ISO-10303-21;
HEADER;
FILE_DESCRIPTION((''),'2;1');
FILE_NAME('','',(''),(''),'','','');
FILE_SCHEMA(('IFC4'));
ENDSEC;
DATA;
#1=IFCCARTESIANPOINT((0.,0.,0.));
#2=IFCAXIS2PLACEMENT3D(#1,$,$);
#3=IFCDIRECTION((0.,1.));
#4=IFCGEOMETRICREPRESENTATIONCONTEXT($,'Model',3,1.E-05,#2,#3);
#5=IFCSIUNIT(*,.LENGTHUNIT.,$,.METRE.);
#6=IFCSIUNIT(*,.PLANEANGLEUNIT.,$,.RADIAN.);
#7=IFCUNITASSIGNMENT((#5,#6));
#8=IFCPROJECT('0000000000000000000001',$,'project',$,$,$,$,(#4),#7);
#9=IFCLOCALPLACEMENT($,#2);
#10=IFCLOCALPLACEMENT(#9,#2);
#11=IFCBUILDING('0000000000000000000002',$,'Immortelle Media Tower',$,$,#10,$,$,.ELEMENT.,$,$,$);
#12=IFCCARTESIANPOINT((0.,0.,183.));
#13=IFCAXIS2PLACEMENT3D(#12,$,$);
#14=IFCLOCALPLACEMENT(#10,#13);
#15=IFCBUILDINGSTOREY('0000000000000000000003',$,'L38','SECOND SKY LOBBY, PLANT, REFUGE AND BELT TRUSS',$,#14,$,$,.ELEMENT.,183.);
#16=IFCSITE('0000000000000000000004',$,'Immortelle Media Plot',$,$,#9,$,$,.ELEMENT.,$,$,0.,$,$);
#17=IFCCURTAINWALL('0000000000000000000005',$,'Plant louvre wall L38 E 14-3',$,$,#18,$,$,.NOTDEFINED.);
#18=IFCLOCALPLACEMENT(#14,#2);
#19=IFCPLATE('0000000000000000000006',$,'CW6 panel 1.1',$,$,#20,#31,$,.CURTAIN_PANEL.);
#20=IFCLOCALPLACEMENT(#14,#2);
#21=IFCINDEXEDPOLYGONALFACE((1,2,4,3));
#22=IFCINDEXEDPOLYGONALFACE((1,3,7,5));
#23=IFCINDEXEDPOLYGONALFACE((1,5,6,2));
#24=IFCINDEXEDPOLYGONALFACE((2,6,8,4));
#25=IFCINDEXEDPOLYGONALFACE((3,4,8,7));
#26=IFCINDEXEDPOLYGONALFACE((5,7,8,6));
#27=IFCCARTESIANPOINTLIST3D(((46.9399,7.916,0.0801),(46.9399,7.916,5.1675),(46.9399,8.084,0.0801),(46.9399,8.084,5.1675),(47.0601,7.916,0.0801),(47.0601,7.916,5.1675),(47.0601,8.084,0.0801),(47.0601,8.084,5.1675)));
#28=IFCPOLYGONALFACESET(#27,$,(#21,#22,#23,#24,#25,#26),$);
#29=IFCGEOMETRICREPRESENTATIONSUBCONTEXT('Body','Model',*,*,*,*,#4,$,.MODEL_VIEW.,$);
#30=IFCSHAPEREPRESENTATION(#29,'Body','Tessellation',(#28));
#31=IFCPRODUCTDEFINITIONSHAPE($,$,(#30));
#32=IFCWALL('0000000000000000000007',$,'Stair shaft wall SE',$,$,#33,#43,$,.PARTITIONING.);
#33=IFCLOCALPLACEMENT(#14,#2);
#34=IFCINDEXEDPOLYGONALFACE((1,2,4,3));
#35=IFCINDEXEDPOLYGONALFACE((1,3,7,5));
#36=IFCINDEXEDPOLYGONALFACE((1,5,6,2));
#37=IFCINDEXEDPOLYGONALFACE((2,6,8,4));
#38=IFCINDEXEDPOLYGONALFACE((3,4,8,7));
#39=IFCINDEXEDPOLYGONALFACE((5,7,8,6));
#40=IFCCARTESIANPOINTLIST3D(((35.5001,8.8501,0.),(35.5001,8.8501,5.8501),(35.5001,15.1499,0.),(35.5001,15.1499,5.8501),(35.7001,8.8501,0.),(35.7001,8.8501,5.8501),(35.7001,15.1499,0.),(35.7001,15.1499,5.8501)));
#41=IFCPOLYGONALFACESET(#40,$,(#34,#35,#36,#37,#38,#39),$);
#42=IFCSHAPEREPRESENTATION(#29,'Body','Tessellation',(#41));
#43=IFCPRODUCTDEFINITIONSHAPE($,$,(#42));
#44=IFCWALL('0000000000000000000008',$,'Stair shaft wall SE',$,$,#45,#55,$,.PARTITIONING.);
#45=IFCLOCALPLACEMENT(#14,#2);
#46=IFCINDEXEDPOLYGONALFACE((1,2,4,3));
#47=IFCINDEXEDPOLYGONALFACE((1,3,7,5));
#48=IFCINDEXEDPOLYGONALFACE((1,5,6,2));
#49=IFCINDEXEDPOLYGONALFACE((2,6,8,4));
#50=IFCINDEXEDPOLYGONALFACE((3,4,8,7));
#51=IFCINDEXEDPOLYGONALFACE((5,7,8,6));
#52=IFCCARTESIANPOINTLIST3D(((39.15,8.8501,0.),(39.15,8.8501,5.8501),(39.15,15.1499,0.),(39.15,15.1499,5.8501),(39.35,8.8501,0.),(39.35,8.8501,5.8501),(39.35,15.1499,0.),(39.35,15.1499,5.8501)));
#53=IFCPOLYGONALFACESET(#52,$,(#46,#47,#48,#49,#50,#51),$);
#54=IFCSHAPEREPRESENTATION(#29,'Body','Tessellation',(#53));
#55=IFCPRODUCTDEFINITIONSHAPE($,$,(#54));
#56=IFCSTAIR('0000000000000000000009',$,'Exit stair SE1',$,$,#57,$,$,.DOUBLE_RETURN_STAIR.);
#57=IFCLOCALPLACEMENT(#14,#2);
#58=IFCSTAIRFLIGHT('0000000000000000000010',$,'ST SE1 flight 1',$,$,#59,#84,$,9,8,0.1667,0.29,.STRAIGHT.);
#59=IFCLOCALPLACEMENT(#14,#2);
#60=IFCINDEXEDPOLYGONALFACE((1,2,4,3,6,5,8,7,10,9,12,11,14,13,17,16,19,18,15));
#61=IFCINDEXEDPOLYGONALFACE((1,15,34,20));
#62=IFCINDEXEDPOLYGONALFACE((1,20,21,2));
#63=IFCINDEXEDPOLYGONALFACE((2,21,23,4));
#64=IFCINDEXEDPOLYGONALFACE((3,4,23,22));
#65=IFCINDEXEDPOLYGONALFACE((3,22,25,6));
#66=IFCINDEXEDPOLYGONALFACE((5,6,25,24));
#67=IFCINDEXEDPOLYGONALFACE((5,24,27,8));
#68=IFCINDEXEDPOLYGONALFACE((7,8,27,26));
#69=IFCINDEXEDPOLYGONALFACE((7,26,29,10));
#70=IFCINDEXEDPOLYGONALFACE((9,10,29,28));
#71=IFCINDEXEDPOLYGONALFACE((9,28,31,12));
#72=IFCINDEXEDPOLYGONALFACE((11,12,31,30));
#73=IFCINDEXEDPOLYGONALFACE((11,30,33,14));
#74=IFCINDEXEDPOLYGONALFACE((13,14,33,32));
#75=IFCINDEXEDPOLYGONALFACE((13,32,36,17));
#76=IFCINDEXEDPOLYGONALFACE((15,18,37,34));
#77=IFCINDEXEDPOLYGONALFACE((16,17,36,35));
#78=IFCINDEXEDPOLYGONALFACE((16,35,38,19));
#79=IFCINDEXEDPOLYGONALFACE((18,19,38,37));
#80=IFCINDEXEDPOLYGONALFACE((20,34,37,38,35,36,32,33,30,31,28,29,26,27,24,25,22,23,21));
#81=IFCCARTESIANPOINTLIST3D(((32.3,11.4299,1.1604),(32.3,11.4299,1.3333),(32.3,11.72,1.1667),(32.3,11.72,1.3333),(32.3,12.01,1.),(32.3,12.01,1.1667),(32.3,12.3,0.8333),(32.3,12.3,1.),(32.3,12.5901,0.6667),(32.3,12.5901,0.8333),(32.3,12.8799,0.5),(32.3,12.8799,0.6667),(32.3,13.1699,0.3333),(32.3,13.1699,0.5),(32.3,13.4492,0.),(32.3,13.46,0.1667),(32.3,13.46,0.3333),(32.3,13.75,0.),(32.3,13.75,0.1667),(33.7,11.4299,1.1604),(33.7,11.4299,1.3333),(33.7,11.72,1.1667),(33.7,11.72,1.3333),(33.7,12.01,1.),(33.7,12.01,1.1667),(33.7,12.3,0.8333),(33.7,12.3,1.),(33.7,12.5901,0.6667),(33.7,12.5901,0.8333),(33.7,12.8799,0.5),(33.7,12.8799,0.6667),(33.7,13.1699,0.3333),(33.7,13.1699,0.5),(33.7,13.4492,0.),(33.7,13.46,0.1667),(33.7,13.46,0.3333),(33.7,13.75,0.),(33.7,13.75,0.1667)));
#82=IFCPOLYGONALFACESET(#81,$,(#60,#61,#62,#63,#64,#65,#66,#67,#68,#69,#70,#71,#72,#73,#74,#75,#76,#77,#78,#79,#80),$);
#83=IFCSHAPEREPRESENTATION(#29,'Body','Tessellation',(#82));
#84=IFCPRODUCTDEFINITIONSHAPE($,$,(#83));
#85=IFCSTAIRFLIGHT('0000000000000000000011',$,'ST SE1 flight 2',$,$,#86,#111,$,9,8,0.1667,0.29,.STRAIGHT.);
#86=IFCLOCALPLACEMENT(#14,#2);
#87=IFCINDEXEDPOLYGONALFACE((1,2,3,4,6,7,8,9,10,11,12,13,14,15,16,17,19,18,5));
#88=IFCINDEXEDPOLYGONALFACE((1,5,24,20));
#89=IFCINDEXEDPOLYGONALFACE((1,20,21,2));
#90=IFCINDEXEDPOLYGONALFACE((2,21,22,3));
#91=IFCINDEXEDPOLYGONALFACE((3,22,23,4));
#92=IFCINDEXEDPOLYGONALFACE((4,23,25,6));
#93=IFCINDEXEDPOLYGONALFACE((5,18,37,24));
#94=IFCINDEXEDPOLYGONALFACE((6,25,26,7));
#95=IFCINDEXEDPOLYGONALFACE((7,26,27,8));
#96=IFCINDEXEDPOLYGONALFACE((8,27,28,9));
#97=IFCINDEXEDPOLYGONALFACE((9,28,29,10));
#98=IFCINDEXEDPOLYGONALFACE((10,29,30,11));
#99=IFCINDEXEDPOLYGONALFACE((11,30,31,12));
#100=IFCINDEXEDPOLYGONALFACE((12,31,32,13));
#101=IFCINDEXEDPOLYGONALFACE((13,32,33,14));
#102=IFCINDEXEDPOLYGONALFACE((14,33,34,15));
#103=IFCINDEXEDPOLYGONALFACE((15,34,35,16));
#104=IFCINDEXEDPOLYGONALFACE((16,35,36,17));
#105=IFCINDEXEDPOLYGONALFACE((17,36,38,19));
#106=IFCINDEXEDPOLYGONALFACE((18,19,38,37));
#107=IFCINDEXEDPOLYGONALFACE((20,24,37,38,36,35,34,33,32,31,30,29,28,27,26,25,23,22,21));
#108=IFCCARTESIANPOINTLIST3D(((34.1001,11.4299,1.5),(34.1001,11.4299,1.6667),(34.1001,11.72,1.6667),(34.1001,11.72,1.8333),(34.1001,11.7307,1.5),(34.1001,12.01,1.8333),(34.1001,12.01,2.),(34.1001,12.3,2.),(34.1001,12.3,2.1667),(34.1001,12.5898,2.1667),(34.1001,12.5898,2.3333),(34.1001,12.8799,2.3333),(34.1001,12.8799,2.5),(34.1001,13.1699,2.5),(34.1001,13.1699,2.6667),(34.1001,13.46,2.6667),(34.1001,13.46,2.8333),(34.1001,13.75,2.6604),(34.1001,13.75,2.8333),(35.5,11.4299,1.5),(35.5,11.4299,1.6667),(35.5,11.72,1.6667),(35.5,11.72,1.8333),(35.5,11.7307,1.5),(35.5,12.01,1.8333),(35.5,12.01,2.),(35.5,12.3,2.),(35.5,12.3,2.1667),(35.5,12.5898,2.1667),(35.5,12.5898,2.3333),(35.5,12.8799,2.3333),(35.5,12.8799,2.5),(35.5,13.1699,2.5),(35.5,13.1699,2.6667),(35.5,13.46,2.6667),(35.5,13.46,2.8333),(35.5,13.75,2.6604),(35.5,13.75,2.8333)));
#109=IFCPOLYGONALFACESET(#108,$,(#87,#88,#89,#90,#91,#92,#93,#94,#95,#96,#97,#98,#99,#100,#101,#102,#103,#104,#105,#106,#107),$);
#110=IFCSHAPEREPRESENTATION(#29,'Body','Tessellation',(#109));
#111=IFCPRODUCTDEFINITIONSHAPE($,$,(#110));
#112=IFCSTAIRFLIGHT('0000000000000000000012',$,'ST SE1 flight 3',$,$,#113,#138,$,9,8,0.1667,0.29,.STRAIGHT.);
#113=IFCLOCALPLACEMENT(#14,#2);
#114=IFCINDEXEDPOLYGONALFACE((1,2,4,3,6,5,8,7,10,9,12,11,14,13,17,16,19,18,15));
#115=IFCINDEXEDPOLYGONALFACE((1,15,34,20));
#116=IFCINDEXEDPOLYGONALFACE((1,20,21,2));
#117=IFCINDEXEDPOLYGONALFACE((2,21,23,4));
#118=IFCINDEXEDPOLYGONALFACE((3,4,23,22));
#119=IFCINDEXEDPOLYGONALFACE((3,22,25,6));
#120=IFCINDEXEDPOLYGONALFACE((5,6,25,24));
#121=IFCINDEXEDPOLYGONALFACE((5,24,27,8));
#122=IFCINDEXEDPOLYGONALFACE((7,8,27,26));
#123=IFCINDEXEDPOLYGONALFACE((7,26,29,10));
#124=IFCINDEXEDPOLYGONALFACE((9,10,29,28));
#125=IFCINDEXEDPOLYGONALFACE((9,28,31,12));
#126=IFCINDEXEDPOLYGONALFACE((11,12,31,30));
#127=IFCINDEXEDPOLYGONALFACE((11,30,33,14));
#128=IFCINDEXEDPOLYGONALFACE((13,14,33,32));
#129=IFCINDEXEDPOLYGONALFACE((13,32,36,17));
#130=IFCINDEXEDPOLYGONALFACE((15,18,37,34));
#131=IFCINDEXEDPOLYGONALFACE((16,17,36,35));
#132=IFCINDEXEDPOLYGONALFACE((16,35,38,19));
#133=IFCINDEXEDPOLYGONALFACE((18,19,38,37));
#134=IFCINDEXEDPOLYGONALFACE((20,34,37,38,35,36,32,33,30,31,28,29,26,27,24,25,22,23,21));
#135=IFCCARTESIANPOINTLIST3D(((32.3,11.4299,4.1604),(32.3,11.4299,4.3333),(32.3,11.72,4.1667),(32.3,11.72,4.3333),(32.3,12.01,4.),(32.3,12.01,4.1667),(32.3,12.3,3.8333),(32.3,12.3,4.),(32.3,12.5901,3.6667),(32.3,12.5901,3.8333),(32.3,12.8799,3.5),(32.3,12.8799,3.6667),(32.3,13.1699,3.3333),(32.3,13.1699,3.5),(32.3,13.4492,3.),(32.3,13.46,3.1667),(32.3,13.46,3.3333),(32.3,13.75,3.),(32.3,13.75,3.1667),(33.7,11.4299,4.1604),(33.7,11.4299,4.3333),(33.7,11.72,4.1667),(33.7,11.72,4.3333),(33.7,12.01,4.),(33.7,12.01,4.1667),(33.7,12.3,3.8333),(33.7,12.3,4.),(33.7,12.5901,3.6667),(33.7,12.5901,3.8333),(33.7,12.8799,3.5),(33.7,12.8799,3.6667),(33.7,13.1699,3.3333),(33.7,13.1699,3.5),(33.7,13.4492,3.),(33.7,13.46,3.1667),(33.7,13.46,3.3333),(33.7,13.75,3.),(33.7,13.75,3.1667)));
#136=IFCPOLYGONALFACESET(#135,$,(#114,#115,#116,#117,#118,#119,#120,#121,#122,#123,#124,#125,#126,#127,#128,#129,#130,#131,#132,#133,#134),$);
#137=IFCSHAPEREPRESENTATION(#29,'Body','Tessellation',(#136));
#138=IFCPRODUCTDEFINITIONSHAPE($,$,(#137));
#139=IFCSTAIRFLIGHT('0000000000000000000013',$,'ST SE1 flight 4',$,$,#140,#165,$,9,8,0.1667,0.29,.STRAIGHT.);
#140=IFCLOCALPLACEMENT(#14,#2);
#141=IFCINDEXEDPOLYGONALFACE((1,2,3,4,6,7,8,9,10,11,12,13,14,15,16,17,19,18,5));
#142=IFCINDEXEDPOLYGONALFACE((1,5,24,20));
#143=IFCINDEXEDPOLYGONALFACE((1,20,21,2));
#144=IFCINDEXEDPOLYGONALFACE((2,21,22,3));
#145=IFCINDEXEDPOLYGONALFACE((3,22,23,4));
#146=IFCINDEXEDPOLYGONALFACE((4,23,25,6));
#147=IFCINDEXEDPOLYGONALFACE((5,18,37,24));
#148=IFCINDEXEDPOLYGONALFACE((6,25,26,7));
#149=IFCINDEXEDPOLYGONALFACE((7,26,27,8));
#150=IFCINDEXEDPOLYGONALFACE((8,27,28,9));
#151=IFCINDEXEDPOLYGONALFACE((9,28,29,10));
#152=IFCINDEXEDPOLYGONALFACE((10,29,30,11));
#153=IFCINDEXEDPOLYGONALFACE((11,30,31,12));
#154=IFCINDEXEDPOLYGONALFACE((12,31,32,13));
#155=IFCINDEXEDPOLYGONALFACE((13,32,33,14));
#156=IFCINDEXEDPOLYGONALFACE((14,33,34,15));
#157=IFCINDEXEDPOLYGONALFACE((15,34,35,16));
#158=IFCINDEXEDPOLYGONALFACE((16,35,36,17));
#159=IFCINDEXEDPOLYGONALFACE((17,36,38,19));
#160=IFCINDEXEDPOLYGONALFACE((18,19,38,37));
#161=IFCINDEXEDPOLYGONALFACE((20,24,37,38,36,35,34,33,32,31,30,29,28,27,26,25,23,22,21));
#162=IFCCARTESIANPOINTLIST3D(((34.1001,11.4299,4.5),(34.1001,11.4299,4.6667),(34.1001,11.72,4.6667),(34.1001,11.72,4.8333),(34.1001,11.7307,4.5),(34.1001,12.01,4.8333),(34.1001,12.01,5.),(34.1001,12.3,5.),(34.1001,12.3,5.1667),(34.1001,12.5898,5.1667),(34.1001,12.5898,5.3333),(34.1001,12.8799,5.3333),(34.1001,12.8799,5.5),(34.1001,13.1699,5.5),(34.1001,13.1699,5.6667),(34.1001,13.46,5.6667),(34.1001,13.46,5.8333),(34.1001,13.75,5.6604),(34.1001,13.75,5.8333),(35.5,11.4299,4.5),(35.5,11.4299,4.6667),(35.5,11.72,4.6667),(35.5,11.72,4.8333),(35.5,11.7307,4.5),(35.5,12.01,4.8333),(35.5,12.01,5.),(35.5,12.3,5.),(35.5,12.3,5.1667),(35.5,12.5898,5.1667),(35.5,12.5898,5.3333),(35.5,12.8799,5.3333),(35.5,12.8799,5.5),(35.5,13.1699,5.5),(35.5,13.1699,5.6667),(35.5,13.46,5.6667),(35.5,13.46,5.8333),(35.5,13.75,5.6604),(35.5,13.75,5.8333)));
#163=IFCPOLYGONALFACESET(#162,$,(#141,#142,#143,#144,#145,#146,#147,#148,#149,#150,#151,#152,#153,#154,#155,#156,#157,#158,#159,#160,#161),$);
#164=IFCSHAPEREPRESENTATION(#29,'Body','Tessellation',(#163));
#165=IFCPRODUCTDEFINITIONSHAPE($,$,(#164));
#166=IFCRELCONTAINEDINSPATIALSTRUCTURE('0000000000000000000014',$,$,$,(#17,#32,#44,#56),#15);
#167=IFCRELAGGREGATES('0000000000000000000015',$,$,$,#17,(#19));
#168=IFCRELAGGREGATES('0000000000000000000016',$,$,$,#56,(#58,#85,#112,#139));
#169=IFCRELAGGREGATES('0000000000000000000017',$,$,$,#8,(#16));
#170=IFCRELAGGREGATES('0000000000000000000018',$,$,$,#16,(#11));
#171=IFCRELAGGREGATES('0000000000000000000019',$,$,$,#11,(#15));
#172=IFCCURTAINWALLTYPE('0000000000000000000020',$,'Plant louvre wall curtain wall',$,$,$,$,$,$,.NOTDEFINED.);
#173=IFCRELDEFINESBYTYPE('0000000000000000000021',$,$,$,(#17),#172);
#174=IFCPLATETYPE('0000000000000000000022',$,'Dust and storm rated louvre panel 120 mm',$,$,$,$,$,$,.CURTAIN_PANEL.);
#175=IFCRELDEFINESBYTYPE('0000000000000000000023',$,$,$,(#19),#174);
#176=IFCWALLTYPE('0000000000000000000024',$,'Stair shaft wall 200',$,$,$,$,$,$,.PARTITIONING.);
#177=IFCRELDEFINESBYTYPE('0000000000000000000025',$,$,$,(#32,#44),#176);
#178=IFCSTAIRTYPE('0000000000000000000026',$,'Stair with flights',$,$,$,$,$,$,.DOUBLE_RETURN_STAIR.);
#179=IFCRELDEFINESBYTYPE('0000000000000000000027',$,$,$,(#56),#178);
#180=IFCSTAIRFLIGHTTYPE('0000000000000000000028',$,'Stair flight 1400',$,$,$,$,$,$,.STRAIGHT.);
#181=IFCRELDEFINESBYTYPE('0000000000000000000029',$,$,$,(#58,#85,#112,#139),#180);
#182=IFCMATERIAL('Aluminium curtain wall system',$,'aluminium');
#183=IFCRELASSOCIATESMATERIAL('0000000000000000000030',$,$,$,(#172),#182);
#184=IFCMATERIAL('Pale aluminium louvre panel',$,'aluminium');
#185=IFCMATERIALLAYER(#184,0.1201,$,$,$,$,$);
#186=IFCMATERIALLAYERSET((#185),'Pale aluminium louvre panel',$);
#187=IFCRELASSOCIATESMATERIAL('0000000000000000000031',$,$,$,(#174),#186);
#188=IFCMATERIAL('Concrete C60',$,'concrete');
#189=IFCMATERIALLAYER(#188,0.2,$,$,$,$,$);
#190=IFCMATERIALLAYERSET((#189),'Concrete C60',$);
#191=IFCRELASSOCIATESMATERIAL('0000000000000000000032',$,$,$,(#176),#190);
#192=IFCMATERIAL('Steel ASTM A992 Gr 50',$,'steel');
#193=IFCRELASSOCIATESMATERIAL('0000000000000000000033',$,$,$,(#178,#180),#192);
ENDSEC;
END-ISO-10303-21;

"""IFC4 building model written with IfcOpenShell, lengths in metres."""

from ifc_helpers import new_model, si_unit, direction, frame, frame_2d, origin, origin_2d, place, context, subcontext, project, spatial, polyline, rectangle, outline, extrude, material, layer, layer_set, type_object, element, aggregate, save


model = new_model("IFC4")

# Units and contexts
model_context = context("Model", 3, precision=1e-05, world=origin(), true_north=direction((0.0, 1.0)))
body_context = subcontext(model_context, "Body", "Model", "MODEL_VIEW")
ifc_project = project(units=[si_unit("LENGTHUNIT", "METRE"), si_unit("PLANEANGLEUNIT", "RADIAN")], contexts=[model_context])

# Site, building, storey
site_placement = place(None, origin())
site = spatial("IfcSite", under=ifc_project, at=site_placement, Name="Immortelle Media Plot", CompositionType="ELEMENT", RefElevation=0.0)
building_placement = place(site_placement, origin())
building = spatial("IfcBuilding", under=site, at=building_placement, Name="Immortelle Media Tower", CompositionType="ELEMENT")
storey_placement = place(building_placement, frame((0.0, 0.0, 183.0)))
storey = spatial("IfcBuildingStorey", under=building, at=storey_placement, Name="L38", Description="SECOND SKY LOBBY, PLANT, REFUGE AND BELT TRUSS", CompositionType="ELEMENT", Elevation=183.0)

# Shared definitions
ifc_material_1 = material(Name="Steel ASTM A992 Gr 50", Category="steel")

# Curtain wall
ifc_material_2 = material(Name="Aluminium curtain wall system", Category="aluminium")
curtain_wall_type = type_object("IfcCurtainWallType", Name="Plant louvre wall curtain wall", PredefinedType="NOTDEFINED", material=ifc_material_2)
curtain_wall_1_placement = place(storey_placement, origin())
curtain_wall_1 = element("IfcCurtainWall", 1, at=curtain_wall_1_placement, inside=storey, type_object=curtain_wall_type, Name="Plant louvre wall L38 E 14-3", PredefinedType="NOTDEFINED")

# Plate
ifc_material_3 = material(Name="Pale aluminium louvre panel", Category="aluminium")
ifc_layer_1 = layer(ifc_material_3, 0.1201)
ifc_layer_set_1 = layer_set([ifc_layer_1], Name="Pale aluminium louvre panel")
plate_type = type_object("IfcPlateType", Name="Dust and storm rated louvre panel 120 mm", PredefinedType="CURTAIN_PANEL", material=ifc_layer_set_1)
plate_placement = place(storey_placement, frame((47.0, 8.0, 0.0801), z_axis=(0.0, 0.0, 1.0), x_axis=(0.0, 1.0, 0.0)))
plate = element("IfcPlate", 2, at=plate_placement, type_object=plate_type, Name="CW6 panel 1.1", PredefinedType="CURTAIN_PANEL", context=body_context, shape_type="SweptSolid", body=[
    extrude(rectangle(XDim=0.168, YDim=0.1201, at=origin_2d()), origin(), (0.0, 0.0, 1.0), 5.0874),
])
aggregate(curtain_wall_1, [plate])

# Walls
ifc_material_4 = material(Name="Concrete C60", Category="concrete")
ifc_layer_2 = layer(ifc_material_4, 0.2)
ifc_layer_set_2 = layer_set([ifc_layer_2], Name="Concrete C60")
wall_type = type_object("IfcWallType", Name="Stair shaft wall 200", PredefinedType="PARTITIONING", material=ifc_layer_set_2)
for number, where, z_axis, x_axis, name in (
    (3, (35.6001, 8.8501, 0.0), (0.0, 0.0, 1.0), (0.0, 1.0, 0.0), "Stair shaft wall SE"),
    (4, (39.25, 8.8501, 0.0), (0.0, 0.0, 1.0), (0.0, 1.0, 0.0), "Stair shaft wall SE"),
):
    element("IfcWall", number, at=place(storey_placement, frame(where, z_axis=z_axis, x_axis=x_axis)), inside=storey, type_object=wall_type, Name=name, PredefinedType="PARTITIONING", context=body_context, shape_type="SweptSolid", body=[
        extrude(rectangle(XDim=6.2998, YDim=0.2, at=frame_2d((3.1499, 0.0))), origin(), (0.0, 0.0, 1.0), 5.8501),
    ])

# Stair, stair flights
stair_type = type_object("IfcStairType", Name="Stair with flights", PredefinedType="DOUBLE_RETURN_STAIR", material=ifc_material_1)
stair_1_placement = place(storey_placement, origin())
stair_1 = element("IfcStair", 5, at=stair_1_placement, inside=storey, type_object=stair_type, Name="Exit stair SE1", PredefinedType="DOUBLE_RETURN_STAIR")
stair_flight_type = type_object("IfcStairFlightType", Name="Stair flight 1400", PredefinedType="STRAIGHT", material=ifc_material_1)
stair_flight_1_placement = place(storey_placement, frame((33.0, 13.75, 0.0), z_axis=(0.0, 0.0, 1.0), x_axis=(0.0, -1.0, 0.0)))
stair_flight_1 = element("IfcStairFlight", 6, at=stair_flight_1_placement, type_object=stair_flight_type, Name="ST SE1 flight 1", NumberOfRisers=9, NumberOfTreads=8, PredefinedType="STRAIGHT", RiserHeight=0.1667, TreadLength=0.29, context=body_context, shape_type="SweptSolid", body=[
    extrude(outline(polyline([(0.0, 0.0), (0.0, 0.1667), (0.29, 0.1667), (0.29, 0.3333), (0.5801, 0.3333), (0.5801, 0.5), (0.8701, 0.5), (0.8701, 0.6667), (1.1599, 0.6667), (1.1599, 0.8333), (1.45, 0.8333), (1.45, 1.0), (1.74, 1.0), (1.74, 1.1667), (2.03, 1.1667), (2.03, 1.3333), (2.3201, 1.3333), (2.3201, 1.5), (2.3201, 1.1604), (0.3008, 0.0), (0.0, 0.0)])), frame((0.0, 0.7, 0.0), z_axis=(0.0, -1.0, 0.0), x_axis=(1.0, 0.0, 0.0)), (0.0, 0.0, 1.0), 1.3999),
])
stair_flight_2_placement = place(storey_placement, frame((34.8, 11.4299, 1.5), z_axis=(0.0, 0.0, 1.0), x_axis=(0.0, 1.0, 0.0)))
stair_flight_2 = element("IfcStairFlight", 7, at=stair_flight_2_placement, type_object=stair_flight_type, Name="ST SE1 flight 2", NumberOfRisers=9, NumberOfTreads=8, PredefinedType="STRAIGHT", RiserHeight=0.1667, TreadLength=0.29, context=body_context, shape_type="SweptSolid", body=[
    extrude(outline(polyline([(0.0, 0.0), (0.0, 0.1667), (0.29, 0.1667), (0.29, 0.3333), (0.5801, 0.3333), (0.5801, 0.5), (0.8701, 0.5), (0.8701, 0.6667), (1.1599, 0.6667), (1.1599, 0.8333), (1.45, 0.8333), (1.45, 1.0), (1.74, 1.0), (1.74, 1.1667), (2.03, 1.1667), (2.03, 1.3333), (2.3201, 1.3333), (2.3201, 1.5), (2.3201, 1.1604), (0.3008, 0.0), (0.0, 0.0)])), frame((0.0, 0.7, 0.0), z_axis=(0.0, -1.0, 0.0), x_axis=(1.0, 0.0, 0.0)), (0.0, 0.0, 1.0), 1.3999),
])
stair_flight_3_placement = place(storey_placement, frame((33.0, 13.75, 3.0), z_axis=(0.0, 0.0, 1.0), x_axis=(0.0, -1.0, 0.0)))
stair_flight_3 = element("IfcStairFlight", 8, at=stair_flight_3_placement, type_object=stair_flight_type, Name="ST SE1 flight 3", NumberOfRisers=9, NumberOfTreads=8, PredefinedType="STRAIGHT", RiserHeight=0.1667, TreadLength=0.29, context=body_context, shape_type="SweptSolid", body=[
    extrude(outline(polyline([(0.0, 0.0), (0.0, 0.1667), (0.29, 0.1667), (0.29, 0.3333), (0.5801, 0.3333), (0.5801, 0.5), (0.8701, 0.5), (0.8701, 0.6667), (1.1599, 0.6667), (1.1599, 0.8333), (1.45, 0.8333), (1.45, 1.0), (1.74, 1.0), (1.74, 1.1667), (2.03, 1.1667), (2.03, 1.3333), (2.3201, 1.3333), (2.3201, 1.5), (2.3201, 1.1604), (0.3008, 0.0), (0.0, 0.0)])), frame((0.0, 0.7, 0.0), z_axis=(0.0, -1.0, 0.0), x_axis=(1.0, 0.0, 0.0)), (0.0, 0.0, 1.0), 1.3999),
])
stair_flight_4_placement = place(storey_placement, frame((34.8, 11.4299, 4.5), z_axis=(0.0, 0.0, 1.0), x_axis=(0.0, 1.0, 0.0)))
stair_flight_4 = element("IfcStairFlight", 9, at=stair_flight_4_placement, type_object=stair_flight_type, Name="ST SE1 flight 4", NumberOfRisers=9, NumberOfTreads=8, PredefinedType="STRAIGHT", RiserHeight=0.1667, TreadLength=0.29, context=body_context, shape_type="SweptSolid", body=[
    extrude(outline(polyline([(0.0, 0.0), (0.0, 0.1667), (0.29, 0.1667), (0.29, 0.3333), (0.5801, 0.3333), (0.5801, 0.5), (0.8701, 0.5), (0.8701, 0.6667), (1.1599, 0.6667), (1.1599, 0.8333), (1.45, 0.8333), (1.45, 1.0), (1.74, 1.0), (1.74, 1.1667), (2.03, 1.1667), (2.03, 1.3333), (2.3201, 1.3333), (2.3201, 1.5), (2.3201, 1.1604), (0.3008, 0.0), (0.0, 0.0)])), frame((0.0, 0.7, 0.0), z_axis=(0.0, -1.0, 0.0), x_axis=(1.0, 0.0, 0.0)), (0.0, 0.0, 1.0), 1.3999),
])
aggregate(stair_1, [stair_flight_1, stair_flight_2, stair_flight_3, stair_flight_4])

save(model, "model.ifc")
